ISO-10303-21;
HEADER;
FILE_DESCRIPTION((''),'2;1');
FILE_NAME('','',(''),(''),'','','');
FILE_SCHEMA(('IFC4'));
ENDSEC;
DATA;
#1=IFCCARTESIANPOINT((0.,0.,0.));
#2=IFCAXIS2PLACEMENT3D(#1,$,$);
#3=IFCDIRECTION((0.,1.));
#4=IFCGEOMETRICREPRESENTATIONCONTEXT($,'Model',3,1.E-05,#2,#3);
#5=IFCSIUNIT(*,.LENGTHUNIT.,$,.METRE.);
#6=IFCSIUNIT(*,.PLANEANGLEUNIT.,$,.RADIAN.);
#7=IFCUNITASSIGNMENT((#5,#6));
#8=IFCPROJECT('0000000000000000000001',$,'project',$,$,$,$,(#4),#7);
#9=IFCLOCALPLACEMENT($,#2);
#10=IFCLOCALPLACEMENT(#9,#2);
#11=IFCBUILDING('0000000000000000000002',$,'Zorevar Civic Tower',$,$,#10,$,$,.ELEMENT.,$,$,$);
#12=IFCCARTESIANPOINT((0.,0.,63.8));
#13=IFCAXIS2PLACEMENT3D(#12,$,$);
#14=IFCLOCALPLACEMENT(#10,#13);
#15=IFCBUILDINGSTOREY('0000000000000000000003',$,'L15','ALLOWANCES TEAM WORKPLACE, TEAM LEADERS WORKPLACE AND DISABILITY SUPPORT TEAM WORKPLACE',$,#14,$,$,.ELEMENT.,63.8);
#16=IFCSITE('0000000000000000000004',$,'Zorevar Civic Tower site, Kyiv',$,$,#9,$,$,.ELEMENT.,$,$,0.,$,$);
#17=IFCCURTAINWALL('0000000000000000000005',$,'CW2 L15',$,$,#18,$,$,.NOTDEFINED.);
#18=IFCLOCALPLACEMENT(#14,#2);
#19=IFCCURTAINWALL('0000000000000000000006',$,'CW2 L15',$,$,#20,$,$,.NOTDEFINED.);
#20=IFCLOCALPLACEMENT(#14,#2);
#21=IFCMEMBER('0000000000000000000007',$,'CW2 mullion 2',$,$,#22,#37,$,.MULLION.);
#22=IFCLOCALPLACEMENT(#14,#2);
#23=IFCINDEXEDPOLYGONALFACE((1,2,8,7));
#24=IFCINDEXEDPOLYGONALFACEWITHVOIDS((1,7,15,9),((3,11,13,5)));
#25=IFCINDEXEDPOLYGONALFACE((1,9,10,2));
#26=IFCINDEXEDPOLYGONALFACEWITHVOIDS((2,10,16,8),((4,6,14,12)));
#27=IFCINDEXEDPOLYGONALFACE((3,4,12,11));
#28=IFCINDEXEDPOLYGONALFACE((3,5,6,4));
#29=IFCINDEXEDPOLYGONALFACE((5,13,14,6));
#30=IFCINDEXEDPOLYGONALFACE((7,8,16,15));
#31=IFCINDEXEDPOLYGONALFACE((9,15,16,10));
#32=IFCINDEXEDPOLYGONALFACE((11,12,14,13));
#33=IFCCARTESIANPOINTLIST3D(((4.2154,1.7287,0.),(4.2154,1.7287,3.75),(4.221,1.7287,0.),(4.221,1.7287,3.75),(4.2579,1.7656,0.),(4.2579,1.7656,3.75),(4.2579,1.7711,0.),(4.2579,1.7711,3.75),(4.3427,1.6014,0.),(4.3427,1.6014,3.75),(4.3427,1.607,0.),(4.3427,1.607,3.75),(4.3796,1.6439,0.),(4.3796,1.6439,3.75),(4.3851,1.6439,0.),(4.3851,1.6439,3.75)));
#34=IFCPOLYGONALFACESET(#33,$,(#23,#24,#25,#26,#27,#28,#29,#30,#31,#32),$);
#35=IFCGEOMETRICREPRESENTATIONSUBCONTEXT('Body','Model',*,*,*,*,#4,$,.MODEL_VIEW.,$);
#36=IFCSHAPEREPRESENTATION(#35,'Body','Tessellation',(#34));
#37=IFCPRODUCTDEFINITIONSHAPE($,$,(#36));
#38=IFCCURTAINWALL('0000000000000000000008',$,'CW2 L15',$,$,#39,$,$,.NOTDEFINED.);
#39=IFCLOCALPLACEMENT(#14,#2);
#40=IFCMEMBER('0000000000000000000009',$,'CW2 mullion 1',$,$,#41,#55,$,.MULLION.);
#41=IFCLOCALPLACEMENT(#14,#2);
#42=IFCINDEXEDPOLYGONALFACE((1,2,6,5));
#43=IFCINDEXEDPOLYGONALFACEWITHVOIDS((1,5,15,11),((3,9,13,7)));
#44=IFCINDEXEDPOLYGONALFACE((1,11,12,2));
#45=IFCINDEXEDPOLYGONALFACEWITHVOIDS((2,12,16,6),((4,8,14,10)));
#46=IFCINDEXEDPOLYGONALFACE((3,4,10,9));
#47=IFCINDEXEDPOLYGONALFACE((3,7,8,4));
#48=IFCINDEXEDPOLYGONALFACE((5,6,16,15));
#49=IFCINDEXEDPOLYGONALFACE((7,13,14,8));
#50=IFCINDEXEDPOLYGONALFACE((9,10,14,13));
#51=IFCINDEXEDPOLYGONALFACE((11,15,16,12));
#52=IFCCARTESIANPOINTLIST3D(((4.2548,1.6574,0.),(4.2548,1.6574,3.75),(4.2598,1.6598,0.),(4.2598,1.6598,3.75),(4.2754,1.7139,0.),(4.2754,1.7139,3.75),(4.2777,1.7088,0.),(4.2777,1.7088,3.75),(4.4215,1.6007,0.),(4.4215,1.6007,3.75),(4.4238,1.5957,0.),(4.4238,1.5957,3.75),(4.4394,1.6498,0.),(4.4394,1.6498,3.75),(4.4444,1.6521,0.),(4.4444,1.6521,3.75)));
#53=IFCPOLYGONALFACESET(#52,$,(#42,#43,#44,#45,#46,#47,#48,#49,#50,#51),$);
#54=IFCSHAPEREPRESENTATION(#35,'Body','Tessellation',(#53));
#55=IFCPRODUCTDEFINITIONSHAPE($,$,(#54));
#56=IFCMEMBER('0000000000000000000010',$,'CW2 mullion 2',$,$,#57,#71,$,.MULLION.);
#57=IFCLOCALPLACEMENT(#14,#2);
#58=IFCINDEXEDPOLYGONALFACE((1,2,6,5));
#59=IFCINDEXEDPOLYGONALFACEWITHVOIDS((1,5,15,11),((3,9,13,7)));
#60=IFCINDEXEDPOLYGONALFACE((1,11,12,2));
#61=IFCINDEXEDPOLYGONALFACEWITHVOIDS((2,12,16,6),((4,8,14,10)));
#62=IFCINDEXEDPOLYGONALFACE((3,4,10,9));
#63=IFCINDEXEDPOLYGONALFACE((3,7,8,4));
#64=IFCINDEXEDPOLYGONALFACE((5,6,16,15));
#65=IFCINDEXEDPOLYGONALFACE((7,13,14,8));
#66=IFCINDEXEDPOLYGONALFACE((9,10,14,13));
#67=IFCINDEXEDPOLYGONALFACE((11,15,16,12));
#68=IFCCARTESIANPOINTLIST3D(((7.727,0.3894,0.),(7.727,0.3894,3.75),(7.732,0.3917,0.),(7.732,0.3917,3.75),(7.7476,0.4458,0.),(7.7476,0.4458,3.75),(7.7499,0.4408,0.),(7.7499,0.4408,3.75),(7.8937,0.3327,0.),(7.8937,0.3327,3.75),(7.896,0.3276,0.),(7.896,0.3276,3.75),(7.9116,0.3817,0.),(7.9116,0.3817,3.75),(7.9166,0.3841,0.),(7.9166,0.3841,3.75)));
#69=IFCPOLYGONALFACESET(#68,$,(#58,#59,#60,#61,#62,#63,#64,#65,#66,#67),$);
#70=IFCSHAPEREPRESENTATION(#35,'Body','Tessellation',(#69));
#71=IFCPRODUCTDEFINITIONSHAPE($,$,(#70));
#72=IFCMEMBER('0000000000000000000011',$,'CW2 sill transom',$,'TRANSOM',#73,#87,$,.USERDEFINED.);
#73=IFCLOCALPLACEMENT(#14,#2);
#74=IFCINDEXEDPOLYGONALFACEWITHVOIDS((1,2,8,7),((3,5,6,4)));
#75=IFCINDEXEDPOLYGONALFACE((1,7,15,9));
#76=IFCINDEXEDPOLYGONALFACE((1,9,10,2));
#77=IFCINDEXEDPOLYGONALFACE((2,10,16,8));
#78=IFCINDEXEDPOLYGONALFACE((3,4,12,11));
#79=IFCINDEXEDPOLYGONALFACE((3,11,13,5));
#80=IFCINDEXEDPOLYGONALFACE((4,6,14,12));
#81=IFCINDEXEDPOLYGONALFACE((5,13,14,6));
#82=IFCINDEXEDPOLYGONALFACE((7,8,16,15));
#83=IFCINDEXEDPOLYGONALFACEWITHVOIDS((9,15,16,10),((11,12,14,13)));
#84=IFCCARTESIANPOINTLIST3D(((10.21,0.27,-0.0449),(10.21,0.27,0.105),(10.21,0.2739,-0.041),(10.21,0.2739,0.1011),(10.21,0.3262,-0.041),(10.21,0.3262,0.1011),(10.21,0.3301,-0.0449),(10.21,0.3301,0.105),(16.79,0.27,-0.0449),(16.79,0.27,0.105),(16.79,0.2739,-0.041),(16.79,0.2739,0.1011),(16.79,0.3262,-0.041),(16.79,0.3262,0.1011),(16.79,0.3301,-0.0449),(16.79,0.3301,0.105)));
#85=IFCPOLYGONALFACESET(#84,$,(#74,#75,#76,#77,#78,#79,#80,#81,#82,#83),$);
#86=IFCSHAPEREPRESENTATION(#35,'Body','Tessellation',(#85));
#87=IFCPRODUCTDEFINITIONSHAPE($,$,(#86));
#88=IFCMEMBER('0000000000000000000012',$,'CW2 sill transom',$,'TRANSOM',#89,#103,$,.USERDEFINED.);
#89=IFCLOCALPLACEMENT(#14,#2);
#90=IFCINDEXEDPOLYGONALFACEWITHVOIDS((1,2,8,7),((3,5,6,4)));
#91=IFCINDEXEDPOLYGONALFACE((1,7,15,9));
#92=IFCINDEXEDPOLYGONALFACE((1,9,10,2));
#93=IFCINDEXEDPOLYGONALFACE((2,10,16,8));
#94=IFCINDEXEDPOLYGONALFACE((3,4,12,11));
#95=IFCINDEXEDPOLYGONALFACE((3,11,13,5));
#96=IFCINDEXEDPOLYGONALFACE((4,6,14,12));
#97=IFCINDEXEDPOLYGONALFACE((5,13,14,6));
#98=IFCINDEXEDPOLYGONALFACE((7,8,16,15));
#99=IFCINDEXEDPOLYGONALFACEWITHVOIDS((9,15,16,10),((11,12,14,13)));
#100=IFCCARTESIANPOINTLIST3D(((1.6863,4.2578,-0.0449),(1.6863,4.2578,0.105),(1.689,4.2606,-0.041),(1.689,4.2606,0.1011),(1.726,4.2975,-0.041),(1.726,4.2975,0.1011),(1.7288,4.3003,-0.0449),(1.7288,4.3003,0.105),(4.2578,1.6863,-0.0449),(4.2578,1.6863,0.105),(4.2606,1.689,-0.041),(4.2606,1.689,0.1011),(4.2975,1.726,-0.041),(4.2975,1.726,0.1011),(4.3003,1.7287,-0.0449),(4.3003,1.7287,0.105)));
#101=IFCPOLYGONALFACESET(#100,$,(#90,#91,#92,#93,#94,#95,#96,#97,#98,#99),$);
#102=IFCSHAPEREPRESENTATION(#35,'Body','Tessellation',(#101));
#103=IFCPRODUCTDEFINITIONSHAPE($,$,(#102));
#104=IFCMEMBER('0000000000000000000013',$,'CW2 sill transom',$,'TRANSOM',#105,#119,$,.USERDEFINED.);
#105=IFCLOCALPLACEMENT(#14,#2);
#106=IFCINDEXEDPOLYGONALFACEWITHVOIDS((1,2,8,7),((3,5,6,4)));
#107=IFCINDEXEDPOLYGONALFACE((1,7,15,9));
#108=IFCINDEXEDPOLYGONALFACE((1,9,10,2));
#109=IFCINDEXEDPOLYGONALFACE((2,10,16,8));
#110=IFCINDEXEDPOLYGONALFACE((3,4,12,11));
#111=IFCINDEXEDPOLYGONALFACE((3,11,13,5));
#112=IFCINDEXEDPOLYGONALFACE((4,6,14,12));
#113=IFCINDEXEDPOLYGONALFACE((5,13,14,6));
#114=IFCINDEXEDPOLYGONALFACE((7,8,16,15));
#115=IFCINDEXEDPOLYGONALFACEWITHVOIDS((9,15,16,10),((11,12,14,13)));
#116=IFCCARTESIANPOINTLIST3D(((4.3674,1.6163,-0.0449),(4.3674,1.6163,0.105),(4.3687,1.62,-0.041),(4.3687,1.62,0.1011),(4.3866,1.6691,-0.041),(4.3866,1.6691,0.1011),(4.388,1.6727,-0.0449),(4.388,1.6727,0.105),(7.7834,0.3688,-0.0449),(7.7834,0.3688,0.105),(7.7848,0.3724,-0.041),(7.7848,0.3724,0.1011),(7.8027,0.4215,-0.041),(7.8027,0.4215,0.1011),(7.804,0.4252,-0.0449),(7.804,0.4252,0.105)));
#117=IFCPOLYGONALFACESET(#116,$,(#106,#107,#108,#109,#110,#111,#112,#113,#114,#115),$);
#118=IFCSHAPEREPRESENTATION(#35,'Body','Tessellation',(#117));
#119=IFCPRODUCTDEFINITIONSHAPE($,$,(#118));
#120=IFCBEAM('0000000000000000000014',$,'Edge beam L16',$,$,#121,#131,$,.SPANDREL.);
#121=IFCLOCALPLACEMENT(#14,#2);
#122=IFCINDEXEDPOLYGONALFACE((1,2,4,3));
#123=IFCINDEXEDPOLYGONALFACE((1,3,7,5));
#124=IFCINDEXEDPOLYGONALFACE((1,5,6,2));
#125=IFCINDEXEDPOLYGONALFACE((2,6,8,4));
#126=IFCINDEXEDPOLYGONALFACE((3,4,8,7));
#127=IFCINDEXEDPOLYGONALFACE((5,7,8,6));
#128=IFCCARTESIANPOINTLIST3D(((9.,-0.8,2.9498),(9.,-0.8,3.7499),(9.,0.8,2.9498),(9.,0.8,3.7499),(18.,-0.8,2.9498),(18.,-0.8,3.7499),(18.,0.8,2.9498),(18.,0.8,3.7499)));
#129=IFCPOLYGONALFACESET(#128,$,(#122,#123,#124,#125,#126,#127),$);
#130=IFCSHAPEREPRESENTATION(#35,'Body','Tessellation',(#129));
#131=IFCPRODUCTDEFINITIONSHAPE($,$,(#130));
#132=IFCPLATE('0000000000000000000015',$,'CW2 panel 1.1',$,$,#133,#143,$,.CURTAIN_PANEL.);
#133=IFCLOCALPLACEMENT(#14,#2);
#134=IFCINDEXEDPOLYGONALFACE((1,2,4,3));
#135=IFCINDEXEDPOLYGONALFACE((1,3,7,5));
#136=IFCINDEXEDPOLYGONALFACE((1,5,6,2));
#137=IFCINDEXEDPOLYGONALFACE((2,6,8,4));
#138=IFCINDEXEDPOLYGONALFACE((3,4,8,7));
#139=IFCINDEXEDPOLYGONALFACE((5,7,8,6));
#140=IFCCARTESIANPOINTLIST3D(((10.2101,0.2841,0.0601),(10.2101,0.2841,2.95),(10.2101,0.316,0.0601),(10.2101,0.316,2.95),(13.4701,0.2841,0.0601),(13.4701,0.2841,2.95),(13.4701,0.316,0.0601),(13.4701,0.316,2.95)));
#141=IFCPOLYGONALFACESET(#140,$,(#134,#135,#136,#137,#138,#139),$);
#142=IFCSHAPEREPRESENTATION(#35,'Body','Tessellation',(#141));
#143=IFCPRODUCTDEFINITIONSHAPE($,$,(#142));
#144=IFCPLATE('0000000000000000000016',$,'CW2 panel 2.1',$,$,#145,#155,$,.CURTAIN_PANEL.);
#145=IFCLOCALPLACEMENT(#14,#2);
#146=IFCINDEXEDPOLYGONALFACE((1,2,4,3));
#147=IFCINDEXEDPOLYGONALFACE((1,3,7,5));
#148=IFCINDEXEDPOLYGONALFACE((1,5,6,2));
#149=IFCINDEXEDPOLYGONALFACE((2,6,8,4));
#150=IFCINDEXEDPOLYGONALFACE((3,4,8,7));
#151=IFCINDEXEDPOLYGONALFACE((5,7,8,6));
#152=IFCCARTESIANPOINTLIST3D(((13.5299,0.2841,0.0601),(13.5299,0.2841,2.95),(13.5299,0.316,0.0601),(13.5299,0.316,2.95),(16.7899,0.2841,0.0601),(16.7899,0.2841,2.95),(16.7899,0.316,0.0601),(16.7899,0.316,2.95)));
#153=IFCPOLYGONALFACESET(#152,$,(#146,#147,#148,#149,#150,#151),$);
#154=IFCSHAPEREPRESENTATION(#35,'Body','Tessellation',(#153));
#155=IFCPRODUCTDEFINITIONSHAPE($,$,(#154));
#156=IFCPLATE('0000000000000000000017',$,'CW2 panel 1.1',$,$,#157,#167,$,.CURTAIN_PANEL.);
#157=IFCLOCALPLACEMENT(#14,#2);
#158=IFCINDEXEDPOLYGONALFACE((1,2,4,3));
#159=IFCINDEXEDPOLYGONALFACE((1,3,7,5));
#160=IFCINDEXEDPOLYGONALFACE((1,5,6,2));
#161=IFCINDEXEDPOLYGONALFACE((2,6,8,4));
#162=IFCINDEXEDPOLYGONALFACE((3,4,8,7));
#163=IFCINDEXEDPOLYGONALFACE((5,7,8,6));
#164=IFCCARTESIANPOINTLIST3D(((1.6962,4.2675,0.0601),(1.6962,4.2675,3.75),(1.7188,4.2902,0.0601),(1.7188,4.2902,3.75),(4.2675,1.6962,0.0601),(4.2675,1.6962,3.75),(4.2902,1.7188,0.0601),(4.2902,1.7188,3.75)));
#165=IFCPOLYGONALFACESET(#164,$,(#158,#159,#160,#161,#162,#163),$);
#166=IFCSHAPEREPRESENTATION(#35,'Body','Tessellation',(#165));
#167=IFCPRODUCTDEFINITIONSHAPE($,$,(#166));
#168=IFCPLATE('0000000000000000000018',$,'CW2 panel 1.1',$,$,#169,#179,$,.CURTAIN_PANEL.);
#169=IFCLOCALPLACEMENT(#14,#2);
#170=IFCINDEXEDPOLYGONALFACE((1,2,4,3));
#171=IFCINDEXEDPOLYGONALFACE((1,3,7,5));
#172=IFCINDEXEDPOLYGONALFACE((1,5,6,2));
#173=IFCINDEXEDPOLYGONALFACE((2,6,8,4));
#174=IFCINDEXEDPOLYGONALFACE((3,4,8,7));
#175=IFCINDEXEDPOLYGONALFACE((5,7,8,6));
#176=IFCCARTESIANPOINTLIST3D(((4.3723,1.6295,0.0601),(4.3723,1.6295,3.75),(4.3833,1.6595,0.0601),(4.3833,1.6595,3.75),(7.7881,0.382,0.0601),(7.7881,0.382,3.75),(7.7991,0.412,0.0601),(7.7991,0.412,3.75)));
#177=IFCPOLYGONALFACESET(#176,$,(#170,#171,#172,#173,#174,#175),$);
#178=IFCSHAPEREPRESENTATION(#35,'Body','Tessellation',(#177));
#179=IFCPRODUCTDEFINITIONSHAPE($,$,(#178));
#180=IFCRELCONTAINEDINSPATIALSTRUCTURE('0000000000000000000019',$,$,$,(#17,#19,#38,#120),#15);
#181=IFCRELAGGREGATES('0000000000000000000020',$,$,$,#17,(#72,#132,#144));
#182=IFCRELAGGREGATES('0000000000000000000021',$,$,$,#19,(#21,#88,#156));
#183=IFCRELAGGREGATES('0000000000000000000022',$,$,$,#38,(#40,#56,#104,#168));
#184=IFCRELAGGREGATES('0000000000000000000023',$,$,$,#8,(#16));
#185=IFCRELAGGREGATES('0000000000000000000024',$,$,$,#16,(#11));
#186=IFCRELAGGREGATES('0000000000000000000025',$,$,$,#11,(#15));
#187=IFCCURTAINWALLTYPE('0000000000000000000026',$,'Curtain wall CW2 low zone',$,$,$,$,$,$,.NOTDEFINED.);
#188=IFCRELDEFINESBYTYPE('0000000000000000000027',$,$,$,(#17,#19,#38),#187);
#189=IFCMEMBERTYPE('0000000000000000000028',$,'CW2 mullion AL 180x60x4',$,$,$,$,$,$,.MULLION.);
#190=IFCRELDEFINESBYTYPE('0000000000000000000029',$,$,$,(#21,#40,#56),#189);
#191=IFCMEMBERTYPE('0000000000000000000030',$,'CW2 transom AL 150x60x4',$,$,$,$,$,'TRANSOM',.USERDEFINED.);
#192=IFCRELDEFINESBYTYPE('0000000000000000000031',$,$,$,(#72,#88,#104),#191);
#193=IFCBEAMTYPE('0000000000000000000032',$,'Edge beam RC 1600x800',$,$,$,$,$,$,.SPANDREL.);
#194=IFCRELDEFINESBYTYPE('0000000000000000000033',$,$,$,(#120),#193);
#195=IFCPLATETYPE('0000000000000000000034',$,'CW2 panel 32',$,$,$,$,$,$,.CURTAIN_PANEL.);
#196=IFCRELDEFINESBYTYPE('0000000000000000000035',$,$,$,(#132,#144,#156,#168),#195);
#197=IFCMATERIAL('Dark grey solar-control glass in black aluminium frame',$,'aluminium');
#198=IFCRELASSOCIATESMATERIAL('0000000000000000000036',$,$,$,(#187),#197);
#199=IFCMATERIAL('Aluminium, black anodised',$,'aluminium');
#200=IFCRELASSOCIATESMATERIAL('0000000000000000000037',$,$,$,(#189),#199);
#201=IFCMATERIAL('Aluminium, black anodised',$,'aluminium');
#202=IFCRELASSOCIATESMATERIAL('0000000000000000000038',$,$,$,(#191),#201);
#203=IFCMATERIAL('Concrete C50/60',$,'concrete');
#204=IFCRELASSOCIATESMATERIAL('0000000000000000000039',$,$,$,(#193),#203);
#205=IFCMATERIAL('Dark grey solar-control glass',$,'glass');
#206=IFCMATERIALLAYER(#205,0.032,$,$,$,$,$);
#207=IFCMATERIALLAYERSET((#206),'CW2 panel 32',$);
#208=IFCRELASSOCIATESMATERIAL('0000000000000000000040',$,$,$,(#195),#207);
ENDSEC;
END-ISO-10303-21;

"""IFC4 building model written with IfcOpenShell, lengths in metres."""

from ifc_helpers import new_model, si_unit, direction, frame, origin, origin_2d, place, context, subcontext, project, spatial, rectangle, hollow_rectangle, extrude, material, layer, layer_set, material_profile, profile_set, type_object, element, aggregate, save


model = new_model("IFC4")

# Units and contexts
model_context = context("Model", 3, precision=1e-05, world=origin(), true_north=direction((0.0, 1.0)))
body_context = subcontext(model_context, "Body", "Model", "MODEL_VIEW")
ifc_project = project(units=[si_unit("LENGTHUNIT", "METRE"), si_unit("PLANEANGLEUNIT", "RADIAN")], contexts=[model_context])

# Site, building, storey
site_placement = place(None, origin())
site = spatial("IfcSite", under=ifc_project, at=site_placement, Name="Zorevar Civic Tower site, Kyiv", CompositionType="ELEMENT", RefElevation=0.0)
building_placement = place(site_placement, origin())
building = spatial("IfcBuilding", under=site, at=building_placement, Name="Zorevar Civic Tower", CompositionType="ELEMENT")
storey_placement = place(building_placement, frame((0.0, 0.0, 63.8)))
storey = spatial("IfcBuildingStorey", under=building, at=storey_placement, Name="L15", Description="ALLOWANCES TEAM WORKPLACE, TEAM LEADERS WORKPLACE AND DISABILITY SUPPORT TEAM WORKPLACE", CompositionType="ELEMENT", Elevation=63.8)

# Curtain walls, members
ifc_material_1 = material(Name="Dark grey solar-control glass in black aluminium frame", Category="aluminium")
curtain_wall_type = type_object("IfcCurtainWallType", Name="Curtain wall CW2 low zone", PredefinedType="NOTDEFINED", material=ifc_material_1)
curtain_wall_1_placement = place(storey_placement, origin())
curtain_wall_1 = element("IfcCurtainWall", 1, at=curtain_wall_1_placement, inside=storey, type_object=curtain_wall_type, Name="CW2 L15", PredefinedType="NOTDEFINED")
ifc_material_2 = material(Name="Aluminium, black anodised", Category="aluminium")
ifc_material_profile_1 = material_profile(ifc_material_2, hollow_rectangle(XDim=0.0601, YDim=0.1799, WallThickness=0.0039, at=origin_2d()), Name="AL 180x60x4")
ifc_profile_set_1 = profile_set([ifc_material_profile_1], Name="Aluminium, black anodised")
member_type_1 = type_object("IfcMemberType", Name="CW2 mullion AL 180x60x4", PredefinedType="MULLION", material=ifc_profile_set_1)
curtain_wall_2_placement = place(storey_placement, origin())
curtain_wall_2 = element("IfcCurtainWall", 2, at=curtain_wall_2_placement, inside=storey, type_object=curtain_wall_type, Name="CW2 L15", PredefinedType="NOTDEFINED")
member_1_placement = place(storey_placement, frame((4.3003, 1.6863, 0.0), z_axis=(0.0, 0.0, 1.0), x_axis=(0.707107, 0.707107, 0.0)))
member_1 = element("IfcMember", 3, at=member_1_placement, type_object=member_type_1, Name="CW2 mullion 2", PredefinedType="MULLION", context=body_context, shape_type="SweptSolid", body=[
    extrude(hollow_rectangle(XDim=0.0601, YDim=0.1799, WallThickness=0.0039, at=origin_2d()), origin(), (0.0, 0.0, 1.0), 3.75),
])
curtain_wall_3_placement = place(storey_placement, origin())
curtain_wall_3 = element("IfcCurtainWall", 4, at=curtain_wall_3_placement, inside=storey, type_object=curtain_wall_type, Name="CW2 L15", PredefinedType="NOTDEFINED")
member_2_placement = place(storey_placement, frame((4.3496, 1.6548, 0.0), z_axis=(0.0, 0.0, 1.0), x_axis=(0.34306, 0.939313, 0.0)))
member_2 = element("IfcMember", 5, at=member_2_placement, type_object=member_type_1, Name="CW2 mullion 1", PredefinedType="MULLION", context=body_context, shape_type="SweptSolid", body=[
    extrude(hollow_rectangle(XDim=0.0601, YDim=0.1799, WallThickness=0.0039, at=origin_2d()), origin(), (0.0, 0.0, 1.0), 3.75),
])
member_3_placement = place(storey_placement, frame((7.8218, 0.3867, 0.0), z_axis=(0.0, 0.0, 1.0), x_axis=(0.34306, 0.939313, 0.0)))
member_3 = element("IfcMember", 6, at=member_3_placement, type_object=member_type_1, Name="CW2 mullion 2", PredefinedType="MULLION", context=body_context, shape_type="SweptSolid", body=[
    extrude(hollow_rectangle(XDim=0.0601, YDim=0.1799, WallThickness=0.0039, at=origin_2d()), origin(), (0.0, 0.0, 1.0), 3.75),
])

# Members
ifc_material_3 = material(Name="Aluminium, black anodised", Category="aluminium")
ifc_material_profile_2 = material_profile(ifc_material_3, hollow_rectangle(XDim=0.0601, YDim=0.1499, WallThickness=0.0039, at=origin_2d()), Name="AL 150x60x4")
ifc_profile_set_2 = profile_set([ifc_material_profile_2], Name="Aluminium, black anodised")
member_type_2 = type_object("IfcMemberType", Name="CW2 transom AL 150x60x4", ElementType="TRANSOM", PredefinedType="USERDEFINED", material=ifc_profile_set_2)
member_4_placement = place(storey_placement, frame((10.21, 0.3, 0.03), z_axis=(1.0, 0.0, 0.0), x_axis=(0.0, 1.0, 0.0)))
member_4 = element("IfcMember", 7, at=member_4_placement, type_object=member_type_2, Name="CW2 sill transom", ObjectType="TRANSOM", PredefinedType="USERDEFINED", context=body_context, shape_type="SweptSolid", body=[
    extrude(hollow_rectangle(XDim=0.0601, YDim=0.1499, WallThickness=0.0039, at=origin_2d()), origin(), (0.0, 0.0, 1.0), 6.5801),
])
member_5_placement = place(storey_placement, frame((1.7075, 4.2791, 0.03), z_axis=(0.707107, -0.707107, 0.0), x_axis=(0.707107, 0.707107, 0.0)))
member_5 = element("IfcMember", 8, at=member_5_placement, type_object=member_type_2, Name="CW2 sill transom", ObjectType="TRANSOM", PredefinedType="USERDEFINED", context=body_context, shape_type="SweptSolid", body=[
    extrude(hollow_rectangle(XDim=0.0601, YDim=0.1499, WallThickness=0.0039, at=origin_2d()), origin(), (0.0, 0.0, 1.0), 3.6367),
])
member_6_placement = place(storey_placement, frame((4.3777, 1.6445, 0.03), z_axis=(0.939318, -0.343047, 0.0), x_axis=(0.343047, 0.939318, 0.0)))
member_6 = element("IfcMember", 9, at=member_6_placement, type_object=member_type_2, Name="CW2 sill transom", ObjectType="TRANSOM", PredefinedType="USERDEFINED", context=body_context, shape_type="SweptSolid", body=[
    extrude(hollow_rectangle(XDim=0.0601, YDim=0.1499, WallThickness=0.0039, at=origin_2d()), origin(), (0.0, 0.0, 1.0), 3.6367),
])

# Beam
ifc_material_4 = material(Name="Concrete C50/60", Category="concrete")
ifc_material_profile_3 = material_profile(ifc_material_4, rectangle(XDim=1.6001, YDim=0.8, at=origin_2d()), Name="RC 1600x800")
ifc_profile_set_3 = profile_set([ifc_material_profile_3], Name="Concrete C50/60")
beam_type_1 = type_object("IfcBeamType", Name="Edge beam RC 1600x800", PredefinedType="SPANDREL", material=ifc_profile_set_3)
beam_1_placement = place(storey_placement, frame((9.0, 0.0, 3.3499), z_axis=(1.0, 0.0, 0.0), x_axis=(0.0, 1.0, 0.0)))
element("IfcBeam", 10, at=beam_1_placement, inside=storey, type_object=beam_type_1, Name="Edge beam L16", PredefinedType="SPANDREL", context=body_context, shape_type="SweptSolid", body=[
    extrude(rectangle(XDim=1.6001, YDim=0.8, at=origin_2d()), origin(), (0.0, 0.0, 1.0), 9.0),
])

# Plates
ifc_material_5 = material(Name="Dark grey solar-control glass", Category="glass")
ifc_layer_1 = layer(ifc_material_5, 0.032)
ifc_layer_set_1 = layer_set([ifc_layer_1], Name="CW2 panel 32")
plate_type = type_object("IfcPlateType", Name="CW2 panel 32", PredefinedType="CURTAIN_PANEL", material=ifc_layer_set_1)
plate_1_placement = place(storey_placement, frame((11.8401, 0.3, 0.0601), z_axis=(0.0, 0.0, 1.0), x_axis=(1.0, 0.0, 0.0)))
plate_1 = element("IfcPlate", 11, at=plate_1_placement, type_object=plate_type, Name="CW2 panel 1.1", PredefinedType="CURTAIN_PANEL", context=body_context, shape_type="SweptSolid", body=[
    extrude(rectangle(XDim=3.26, YDim=0.032, at=origin_2d()), origin(), (0.0, 0.0, 1.0), 2.8899),
])
plate_2_placement = place(storey_placement, frame((15.1599, 0.3, 0.0601), z_axis=(0.0, 0.0, 1.0), x_axis=(1.0, 0.0, 0.0)))
plate_2 = element("IfcPlate", 12, at=plate_2_placement, type_object=plate_type, Name="CW2 panel 2.1", PredefinedType="CURTAIN_PANEL", context=body_context, shape_type="SweptSolid", body=[
    extrude(rectangle(XDim=3.26, YDim=0.032, at=origin_2d()), origin(), (0.0, 0.0, 1.0), 2.8899),
])
aggregate(curtain_wall_1, [member_4, plate_1, plate_2])
plate_3_placement = place(storey_placement, frame((2.9932, 2.9932, 0.0601), z_axis=(0.0, 0.0, 1.0), x_axis=(0.707107, -0.707107, 0.0)))
plate_3 = element("IfcPlate", 13, at=plate_3_placement, type_object=plate_type, Name="CW2 panel 1.1", PredefinedType="CURTAIN_PANEL", context=body_context, shape_type="SweptSolid", body=[
    extrude(rectangle(XDim=3.6365, YDim=0.032, at=origin_2d()), origin(), (0.0, 0.0, 1.0), 3.6899),
])
aggregate(curtain_wall_2, [member_1, member_5, plate_3])
plate_4_placement = place(storey_placement, frame((6.0857, 1.0208, 0.0601), z_axis=(0.0, 0.0, 1.0), x_axis=(0.939313, -0.34306, 0.0)))
plate_4 = element("IfcPlate", 14, at=plate_4_placement, type_object=plate_type, Name="CW2 panel 1.1", PredefinedType="CURTAIN_PANEL", context=body_context, shape_type="SweptSolid", body=[
    extrude(rectangle(XDim=3.6365, YDim=0.032, at=origin_2d()), origin(), (0.0, 0.0, 1.0), 3.6899),
])
aggregate(curtain_wall_3, [member_2, member_3, member_6, plate_4])

save(model, "model.ifc")
